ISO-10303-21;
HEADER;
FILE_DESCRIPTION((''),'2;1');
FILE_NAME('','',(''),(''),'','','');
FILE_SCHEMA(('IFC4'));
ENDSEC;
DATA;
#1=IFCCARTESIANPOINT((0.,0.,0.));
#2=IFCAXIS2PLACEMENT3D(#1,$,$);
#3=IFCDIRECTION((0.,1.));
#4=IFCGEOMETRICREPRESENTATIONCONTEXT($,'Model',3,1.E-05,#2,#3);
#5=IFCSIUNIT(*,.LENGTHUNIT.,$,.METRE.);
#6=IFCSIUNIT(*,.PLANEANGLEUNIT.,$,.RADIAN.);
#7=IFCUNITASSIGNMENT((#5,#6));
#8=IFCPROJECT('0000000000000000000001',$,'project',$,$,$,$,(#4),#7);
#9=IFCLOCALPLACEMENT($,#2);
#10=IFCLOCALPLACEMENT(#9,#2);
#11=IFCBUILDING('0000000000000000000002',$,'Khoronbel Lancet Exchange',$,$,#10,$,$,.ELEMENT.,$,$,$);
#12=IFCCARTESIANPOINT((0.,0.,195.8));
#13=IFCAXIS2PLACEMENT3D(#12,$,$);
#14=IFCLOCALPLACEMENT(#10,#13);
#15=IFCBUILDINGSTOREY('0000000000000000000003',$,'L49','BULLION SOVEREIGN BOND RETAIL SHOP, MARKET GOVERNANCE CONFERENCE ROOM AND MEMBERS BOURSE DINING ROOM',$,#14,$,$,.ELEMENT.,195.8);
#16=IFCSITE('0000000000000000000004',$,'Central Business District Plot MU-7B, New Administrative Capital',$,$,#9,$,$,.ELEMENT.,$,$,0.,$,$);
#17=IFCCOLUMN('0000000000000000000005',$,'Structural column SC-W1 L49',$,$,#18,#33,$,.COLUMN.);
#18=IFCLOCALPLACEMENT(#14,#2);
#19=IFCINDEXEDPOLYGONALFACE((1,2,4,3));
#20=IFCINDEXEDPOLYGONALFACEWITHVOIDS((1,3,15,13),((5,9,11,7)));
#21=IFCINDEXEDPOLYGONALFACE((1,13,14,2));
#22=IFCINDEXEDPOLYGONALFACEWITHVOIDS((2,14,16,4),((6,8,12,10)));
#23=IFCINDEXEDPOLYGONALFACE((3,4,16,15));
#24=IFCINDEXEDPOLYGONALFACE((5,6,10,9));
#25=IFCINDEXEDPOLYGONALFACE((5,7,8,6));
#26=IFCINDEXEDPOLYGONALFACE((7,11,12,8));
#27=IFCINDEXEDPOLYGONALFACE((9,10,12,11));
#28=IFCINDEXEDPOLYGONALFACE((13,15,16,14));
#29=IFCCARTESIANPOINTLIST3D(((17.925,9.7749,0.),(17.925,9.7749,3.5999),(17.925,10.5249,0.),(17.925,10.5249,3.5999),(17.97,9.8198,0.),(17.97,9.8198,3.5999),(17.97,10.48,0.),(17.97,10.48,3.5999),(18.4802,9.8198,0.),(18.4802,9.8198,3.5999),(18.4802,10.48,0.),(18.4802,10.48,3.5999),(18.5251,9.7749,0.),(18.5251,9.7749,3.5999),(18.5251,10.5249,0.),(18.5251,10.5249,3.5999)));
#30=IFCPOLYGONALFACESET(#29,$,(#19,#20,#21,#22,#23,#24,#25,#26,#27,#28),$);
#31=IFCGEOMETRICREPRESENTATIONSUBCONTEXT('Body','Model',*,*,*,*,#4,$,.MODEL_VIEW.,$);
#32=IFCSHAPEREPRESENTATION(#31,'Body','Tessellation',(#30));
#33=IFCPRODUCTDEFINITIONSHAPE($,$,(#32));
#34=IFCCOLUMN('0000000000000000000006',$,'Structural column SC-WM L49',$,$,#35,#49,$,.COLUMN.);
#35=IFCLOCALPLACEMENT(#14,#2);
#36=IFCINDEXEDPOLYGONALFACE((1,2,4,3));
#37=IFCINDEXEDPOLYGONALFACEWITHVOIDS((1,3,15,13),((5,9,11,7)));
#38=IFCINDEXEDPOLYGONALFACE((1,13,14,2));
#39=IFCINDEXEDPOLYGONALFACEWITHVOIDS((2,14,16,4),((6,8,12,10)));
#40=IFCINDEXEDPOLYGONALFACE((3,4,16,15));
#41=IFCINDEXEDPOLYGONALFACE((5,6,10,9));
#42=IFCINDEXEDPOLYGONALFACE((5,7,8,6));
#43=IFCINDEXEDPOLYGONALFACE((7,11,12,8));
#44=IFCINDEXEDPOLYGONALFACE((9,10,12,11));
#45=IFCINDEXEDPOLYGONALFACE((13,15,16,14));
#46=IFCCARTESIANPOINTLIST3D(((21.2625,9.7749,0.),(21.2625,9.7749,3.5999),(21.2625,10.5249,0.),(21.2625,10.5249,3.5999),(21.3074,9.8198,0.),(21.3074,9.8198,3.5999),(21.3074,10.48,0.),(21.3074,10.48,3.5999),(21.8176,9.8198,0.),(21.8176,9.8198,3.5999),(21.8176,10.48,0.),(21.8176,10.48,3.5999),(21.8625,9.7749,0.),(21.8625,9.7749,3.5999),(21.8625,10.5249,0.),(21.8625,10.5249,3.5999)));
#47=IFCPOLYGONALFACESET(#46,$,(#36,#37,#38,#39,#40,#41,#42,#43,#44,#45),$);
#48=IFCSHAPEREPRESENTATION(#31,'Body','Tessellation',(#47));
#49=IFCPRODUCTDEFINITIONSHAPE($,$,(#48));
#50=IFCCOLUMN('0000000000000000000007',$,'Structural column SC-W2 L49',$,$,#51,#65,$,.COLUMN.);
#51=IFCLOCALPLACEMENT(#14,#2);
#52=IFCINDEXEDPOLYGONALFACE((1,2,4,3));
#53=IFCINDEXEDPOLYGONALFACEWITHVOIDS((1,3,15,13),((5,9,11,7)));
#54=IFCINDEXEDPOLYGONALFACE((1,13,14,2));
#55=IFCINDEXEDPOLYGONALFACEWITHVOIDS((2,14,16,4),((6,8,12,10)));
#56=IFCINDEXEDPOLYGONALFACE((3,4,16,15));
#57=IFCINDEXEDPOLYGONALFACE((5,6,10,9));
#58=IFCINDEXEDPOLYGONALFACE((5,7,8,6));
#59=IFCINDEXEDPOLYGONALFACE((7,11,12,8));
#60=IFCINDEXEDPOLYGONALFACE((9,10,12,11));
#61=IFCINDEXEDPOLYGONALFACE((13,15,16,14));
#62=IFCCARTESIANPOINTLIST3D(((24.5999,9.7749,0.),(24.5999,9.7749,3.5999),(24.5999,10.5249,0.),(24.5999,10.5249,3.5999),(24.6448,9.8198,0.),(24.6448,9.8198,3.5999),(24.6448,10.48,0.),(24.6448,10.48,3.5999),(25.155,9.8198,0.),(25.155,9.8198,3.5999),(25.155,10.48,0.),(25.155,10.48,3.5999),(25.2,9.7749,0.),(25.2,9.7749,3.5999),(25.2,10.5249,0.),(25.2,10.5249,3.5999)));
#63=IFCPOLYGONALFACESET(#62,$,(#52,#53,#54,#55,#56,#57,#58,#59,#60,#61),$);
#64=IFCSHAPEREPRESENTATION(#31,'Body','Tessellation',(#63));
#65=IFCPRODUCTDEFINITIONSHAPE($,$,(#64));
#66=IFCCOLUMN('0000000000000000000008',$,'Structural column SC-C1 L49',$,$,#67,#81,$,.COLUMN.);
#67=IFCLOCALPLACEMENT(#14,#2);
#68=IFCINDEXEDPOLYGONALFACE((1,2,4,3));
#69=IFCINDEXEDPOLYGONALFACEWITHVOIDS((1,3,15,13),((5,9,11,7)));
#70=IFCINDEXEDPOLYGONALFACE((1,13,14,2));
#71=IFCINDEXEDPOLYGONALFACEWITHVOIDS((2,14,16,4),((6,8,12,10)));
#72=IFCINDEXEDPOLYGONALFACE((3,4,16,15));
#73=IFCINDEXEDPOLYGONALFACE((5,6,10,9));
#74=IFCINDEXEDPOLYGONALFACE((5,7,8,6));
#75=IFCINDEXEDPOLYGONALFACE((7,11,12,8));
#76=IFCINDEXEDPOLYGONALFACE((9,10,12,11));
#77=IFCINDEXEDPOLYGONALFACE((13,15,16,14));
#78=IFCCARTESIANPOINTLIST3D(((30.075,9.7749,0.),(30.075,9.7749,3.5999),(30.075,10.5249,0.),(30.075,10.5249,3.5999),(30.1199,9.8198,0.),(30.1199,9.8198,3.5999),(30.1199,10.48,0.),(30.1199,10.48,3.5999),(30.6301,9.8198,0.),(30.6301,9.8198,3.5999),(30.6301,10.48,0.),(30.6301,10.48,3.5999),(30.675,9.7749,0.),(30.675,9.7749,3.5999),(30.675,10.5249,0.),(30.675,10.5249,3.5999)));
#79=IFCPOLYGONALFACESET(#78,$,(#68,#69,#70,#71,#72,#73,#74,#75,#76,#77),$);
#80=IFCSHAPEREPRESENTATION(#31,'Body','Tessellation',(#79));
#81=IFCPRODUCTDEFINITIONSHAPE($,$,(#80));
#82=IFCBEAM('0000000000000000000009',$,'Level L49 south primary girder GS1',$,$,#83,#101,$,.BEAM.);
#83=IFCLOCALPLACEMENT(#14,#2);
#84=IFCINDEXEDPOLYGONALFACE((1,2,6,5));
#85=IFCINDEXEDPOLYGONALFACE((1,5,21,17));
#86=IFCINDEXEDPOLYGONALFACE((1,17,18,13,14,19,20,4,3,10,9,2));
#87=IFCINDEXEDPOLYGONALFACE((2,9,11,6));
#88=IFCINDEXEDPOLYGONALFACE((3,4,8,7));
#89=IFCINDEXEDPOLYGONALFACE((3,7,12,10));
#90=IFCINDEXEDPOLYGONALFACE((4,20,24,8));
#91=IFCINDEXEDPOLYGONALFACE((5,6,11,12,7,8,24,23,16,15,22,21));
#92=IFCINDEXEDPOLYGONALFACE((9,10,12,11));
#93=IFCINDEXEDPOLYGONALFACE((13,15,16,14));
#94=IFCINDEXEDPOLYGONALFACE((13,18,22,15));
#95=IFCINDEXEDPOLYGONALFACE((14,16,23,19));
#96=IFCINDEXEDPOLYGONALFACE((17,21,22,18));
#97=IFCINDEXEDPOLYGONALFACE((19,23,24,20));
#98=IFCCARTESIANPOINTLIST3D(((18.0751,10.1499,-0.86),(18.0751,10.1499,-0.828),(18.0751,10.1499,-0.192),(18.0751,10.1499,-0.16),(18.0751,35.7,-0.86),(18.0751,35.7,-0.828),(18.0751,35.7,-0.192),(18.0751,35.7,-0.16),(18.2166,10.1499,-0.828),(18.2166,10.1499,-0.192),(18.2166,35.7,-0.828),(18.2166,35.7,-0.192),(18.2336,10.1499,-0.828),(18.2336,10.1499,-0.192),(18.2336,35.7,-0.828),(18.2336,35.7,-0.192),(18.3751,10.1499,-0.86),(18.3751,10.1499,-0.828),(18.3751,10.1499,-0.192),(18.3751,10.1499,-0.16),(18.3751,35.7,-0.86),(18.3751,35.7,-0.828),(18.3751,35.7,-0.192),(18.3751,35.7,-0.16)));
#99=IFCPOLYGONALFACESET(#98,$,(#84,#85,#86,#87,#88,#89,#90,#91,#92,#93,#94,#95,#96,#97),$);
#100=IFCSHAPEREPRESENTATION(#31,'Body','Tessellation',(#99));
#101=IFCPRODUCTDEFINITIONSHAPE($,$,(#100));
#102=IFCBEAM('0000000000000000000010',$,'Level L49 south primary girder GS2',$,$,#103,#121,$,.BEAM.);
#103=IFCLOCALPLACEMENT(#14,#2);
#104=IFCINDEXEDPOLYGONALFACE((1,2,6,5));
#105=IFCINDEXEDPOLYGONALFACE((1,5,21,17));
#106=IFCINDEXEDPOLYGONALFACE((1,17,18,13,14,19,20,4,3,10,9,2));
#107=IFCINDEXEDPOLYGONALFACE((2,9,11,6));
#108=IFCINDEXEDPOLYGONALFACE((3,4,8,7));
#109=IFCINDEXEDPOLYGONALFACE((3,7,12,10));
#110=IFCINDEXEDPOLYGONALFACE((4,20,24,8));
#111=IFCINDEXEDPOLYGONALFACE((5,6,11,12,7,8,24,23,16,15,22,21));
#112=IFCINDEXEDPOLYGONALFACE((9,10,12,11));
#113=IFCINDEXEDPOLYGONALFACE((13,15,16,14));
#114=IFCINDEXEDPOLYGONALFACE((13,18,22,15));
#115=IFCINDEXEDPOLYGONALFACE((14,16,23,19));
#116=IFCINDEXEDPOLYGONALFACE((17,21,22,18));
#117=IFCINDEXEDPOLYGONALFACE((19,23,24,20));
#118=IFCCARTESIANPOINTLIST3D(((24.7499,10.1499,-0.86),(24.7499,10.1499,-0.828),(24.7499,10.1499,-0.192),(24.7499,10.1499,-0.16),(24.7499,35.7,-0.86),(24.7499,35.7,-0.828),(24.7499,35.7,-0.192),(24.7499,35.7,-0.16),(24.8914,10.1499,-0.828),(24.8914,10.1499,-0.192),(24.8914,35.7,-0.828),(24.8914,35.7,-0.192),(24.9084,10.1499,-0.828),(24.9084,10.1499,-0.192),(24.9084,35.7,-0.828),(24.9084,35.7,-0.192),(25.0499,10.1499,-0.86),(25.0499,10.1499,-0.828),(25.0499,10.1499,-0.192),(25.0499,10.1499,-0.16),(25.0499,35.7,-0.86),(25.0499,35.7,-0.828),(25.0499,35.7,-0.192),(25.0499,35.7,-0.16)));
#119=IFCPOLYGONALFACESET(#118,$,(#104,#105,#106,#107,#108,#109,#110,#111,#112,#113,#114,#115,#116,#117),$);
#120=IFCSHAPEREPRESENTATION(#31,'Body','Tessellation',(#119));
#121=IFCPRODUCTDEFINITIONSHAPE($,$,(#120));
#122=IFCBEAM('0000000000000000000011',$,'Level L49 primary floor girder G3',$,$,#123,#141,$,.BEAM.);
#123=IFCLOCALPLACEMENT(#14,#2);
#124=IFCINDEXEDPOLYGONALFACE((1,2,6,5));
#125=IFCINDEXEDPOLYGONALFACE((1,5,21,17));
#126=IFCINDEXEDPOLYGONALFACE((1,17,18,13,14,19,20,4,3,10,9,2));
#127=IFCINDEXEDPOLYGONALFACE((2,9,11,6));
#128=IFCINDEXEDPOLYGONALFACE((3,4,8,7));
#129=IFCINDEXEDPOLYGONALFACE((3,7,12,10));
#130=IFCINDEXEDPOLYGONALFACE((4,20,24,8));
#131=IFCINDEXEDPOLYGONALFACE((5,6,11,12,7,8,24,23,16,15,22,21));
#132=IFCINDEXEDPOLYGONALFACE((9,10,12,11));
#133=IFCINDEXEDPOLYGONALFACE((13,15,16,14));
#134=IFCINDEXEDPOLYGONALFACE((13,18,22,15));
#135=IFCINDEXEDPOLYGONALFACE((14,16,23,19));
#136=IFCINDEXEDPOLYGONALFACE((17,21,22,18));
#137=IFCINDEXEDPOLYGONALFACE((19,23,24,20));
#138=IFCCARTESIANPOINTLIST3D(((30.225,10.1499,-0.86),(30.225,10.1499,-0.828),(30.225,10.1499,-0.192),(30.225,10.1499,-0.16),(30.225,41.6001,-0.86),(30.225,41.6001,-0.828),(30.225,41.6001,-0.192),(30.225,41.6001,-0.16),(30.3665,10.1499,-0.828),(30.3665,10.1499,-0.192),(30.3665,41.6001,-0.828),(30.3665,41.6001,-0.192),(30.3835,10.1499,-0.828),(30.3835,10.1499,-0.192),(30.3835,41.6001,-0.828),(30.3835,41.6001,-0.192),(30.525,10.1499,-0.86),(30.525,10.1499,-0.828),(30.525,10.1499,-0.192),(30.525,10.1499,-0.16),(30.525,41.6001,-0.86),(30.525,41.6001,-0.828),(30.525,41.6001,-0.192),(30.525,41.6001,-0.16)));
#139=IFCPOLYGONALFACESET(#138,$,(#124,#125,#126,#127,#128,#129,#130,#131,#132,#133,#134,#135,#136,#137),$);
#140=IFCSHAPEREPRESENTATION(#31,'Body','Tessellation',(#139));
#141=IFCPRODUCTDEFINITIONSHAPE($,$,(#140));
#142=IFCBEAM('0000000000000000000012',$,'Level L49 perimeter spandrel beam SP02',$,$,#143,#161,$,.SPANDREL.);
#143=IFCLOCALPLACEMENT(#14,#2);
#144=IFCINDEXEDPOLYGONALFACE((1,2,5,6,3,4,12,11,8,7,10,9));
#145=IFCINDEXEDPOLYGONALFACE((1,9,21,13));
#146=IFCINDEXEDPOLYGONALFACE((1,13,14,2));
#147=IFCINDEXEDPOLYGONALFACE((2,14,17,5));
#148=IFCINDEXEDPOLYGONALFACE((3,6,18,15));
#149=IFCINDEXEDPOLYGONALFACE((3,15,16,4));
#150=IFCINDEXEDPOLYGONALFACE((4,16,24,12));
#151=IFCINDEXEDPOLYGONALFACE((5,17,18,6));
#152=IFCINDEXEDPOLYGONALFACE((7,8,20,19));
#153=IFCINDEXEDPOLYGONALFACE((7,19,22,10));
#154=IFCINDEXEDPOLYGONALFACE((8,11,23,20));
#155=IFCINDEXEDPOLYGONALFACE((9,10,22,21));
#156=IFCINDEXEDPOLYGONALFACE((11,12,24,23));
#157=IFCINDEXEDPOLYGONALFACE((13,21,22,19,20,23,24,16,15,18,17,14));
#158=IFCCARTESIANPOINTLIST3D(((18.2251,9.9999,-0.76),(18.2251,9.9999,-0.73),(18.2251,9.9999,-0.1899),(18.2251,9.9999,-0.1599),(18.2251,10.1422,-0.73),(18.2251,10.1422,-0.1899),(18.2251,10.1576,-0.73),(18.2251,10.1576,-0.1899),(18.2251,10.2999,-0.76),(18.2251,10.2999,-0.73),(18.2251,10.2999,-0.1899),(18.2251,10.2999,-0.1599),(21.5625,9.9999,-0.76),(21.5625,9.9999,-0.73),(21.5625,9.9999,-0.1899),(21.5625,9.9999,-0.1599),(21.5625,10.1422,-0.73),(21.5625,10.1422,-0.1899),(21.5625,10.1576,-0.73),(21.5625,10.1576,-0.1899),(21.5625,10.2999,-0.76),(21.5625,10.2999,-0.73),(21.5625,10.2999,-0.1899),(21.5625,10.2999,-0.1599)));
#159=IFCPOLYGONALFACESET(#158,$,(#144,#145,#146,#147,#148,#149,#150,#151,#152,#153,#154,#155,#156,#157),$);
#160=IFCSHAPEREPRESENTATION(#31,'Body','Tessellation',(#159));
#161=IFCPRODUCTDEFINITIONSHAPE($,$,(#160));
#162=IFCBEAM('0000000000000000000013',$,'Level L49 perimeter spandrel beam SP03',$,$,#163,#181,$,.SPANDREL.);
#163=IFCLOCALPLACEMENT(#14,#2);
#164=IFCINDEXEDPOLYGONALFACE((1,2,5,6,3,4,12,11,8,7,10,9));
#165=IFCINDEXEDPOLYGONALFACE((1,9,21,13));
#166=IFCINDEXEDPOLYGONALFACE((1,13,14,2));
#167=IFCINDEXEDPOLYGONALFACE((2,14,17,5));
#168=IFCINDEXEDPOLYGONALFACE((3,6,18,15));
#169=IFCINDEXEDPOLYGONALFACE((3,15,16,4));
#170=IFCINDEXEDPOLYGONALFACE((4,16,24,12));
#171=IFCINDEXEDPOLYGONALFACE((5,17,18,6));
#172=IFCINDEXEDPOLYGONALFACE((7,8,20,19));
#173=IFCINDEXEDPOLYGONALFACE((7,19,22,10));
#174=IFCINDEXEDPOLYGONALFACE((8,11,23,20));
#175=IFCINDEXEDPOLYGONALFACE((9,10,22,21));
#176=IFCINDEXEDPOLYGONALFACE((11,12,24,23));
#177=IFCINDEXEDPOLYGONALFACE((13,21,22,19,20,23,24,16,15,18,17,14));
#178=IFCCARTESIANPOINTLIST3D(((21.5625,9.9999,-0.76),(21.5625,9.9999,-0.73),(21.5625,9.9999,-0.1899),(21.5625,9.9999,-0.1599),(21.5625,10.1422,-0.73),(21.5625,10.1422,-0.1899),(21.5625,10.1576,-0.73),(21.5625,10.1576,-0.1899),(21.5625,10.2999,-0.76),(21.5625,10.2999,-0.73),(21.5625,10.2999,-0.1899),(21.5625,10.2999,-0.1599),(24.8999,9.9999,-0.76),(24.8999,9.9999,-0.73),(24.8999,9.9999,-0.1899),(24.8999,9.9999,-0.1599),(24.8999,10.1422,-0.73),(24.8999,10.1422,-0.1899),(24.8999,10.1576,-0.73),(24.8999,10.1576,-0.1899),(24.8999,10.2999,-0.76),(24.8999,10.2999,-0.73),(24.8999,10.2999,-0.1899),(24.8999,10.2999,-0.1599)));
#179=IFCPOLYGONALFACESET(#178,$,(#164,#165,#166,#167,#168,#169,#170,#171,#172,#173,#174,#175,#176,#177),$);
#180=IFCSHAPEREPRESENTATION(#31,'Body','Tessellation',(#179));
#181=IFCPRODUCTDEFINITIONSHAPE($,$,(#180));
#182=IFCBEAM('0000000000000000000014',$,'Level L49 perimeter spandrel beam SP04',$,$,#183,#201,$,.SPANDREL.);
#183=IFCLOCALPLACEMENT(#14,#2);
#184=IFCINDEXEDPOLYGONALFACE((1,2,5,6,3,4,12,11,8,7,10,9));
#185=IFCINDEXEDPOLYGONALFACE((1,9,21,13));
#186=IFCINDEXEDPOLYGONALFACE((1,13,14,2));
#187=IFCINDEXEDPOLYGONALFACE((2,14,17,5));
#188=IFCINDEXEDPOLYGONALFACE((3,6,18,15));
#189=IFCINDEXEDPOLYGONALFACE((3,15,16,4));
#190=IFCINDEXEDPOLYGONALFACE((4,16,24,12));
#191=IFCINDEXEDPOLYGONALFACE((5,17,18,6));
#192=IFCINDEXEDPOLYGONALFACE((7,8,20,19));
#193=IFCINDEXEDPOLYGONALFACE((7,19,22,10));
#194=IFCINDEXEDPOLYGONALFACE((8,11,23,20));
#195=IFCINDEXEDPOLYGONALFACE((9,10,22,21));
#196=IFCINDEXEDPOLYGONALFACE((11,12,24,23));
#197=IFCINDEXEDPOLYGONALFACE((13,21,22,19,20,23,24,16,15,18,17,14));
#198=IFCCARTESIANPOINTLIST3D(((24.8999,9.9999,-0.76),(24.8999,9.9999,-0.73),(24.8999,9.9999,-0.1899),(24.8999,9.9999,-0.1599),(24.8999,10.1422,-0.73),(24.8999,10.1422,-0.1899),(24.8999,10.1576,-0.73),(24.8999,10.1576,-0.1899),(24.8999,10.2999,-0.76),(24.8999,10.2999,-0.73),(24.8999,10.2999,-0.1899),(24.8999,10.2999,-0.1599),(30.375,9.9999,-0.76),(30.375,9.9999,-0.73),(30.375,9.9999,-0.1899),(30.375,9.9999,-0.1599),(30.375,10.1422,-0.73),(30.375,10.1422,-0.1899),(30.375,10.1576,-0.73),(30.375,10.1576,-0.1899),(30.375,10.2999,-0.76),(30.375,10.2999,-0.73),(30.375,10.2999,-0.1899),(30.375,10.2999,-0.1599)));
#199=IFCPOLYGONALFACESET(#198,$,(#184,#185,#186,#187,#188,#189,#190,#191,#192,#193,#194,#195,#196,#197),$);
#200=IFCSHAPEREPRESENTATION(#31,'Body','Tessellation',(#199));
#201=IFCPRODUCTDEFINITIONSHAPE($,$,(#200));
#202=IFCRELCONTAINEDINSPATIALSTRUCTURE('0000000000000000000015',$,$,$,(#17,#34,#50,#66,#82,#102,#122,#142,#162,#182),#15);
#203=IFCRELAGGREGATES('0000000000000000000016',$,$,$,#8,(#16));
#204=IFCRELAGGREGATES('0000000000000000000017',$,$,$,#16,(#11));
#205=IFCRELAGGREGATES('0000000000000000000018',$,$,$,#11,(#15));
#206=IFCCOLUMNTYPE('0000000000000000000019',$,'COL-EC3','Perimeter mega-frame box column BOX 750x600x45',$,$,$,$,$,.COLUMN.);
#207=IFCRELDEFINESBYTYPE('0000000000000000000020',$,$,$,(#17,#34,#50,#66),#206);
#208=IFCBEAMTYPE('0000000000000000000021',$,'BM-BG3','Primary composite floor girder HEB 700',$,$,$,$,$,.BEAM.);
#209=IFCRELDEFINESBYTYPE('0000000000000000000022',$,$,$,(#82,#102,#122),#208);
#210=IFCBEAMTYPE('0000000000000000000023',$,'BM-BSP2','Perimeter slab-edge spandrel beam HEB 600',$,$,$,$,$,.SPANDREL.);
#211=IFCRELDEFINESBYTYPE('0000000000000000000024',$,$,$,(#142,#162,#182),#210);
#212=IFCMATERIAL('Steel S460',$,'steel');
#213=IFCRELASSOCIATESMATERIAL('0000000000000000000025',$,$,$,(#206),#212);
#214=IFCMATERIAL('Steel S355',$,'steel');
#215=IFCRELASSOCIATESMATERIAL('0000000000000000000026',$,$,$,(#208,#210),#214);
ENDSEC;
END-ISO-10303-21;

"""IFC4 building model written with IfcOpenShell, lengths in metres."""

from ifc_helpers import new_model, si_unit, direction, frame, origin, origin_2d, place, context, subcontext, project, spatial, hollow_rectangle, i_section, extrude, material, material_profile, profile_set, type_object, element, save


model = new_model("IFC4")

# Units and contexts
model_context = context("Model", 3, precision=1e-05, world=origin(), true_north=direction((0.0, 1.0)))
body_context = subcontext(model_context, "Body", "Model", "MODEL_VIEW")
ifc_project = project(units=[si_unit("LENGTHUNIT", "METRE"), si_unit("PLANEANGLEUNIT", "RADIAN")], contexts=[model_context])

# Site, building, storey
site_placement = place(None, origin())
site = spatial("IfcSite", under=ifc_project, at=site_placement, Name="Central Business District Plot MU-7B, New Administrative Capital", CompositionType="ELEMENT", RefElevation=0.0)
building_placement = place(site_placement, origin())
building = spatial("IfcBuilding", under=site, at=building_placement, Name="Khoronbel Lancet Exchange", CompositionType="ELEMENT")
storey_placement = place(building_placement, frame((0.0, 0.0, 195.8)))
storey = spatial("IfcBuildingStorey", under=building, at=storey_placement, Name="L49", Description="BULLION SOVEREIGN BOND RETAIL SHOP, MARKET GOVERNANCE CONFERENCE ROOM AND MEMBERS BOURSE DINING ROOM", CompositionType="ELEMENT", Elevation=195.8)

# Columns
ifc_material_1 = material(Name="Steel S460", Category="steel")
ifc_material_profile_1 = material_profile(ifc_material_1, hollow_rectangle(XDim=0.6001, YDim=0.75, WallThickness=0.0449, at=origin_2d()), Name="BOX 750x600x45")
ifc_profile_set_1 = profile_set([ifc_material_profile_1], Name="Steel S460")
column_type = type_object("IfcColumnType", Name="COL-EC3", Description="Perimeter mega-frame box column BOX 750x600x45", PredefinedType="COLUMN", material=ifc_profile_set_1)
for number, where, z_axis, x_axis, name in (
    (1, (18.2251, 10.1499, 0.0), (0.0, 0.0, 1.0), (1.0, 0.0, 0.0), "Structural column SC-W1 L49"),
    (2, (21.5625, 10.1499, 0.0), (0.0, 0.0, 1.0), (1.0, 0.0, 0.0), "Structural column SC-WM L49"),
    (3, (24.8999, 10.1499, 0.0), (0.0, 0.0, 1.0), (1.0, 0.0, 0.0), "Structural column SC-W2 L49"),
    (4, (30.375, 10.1499, 0.0), (0.0, 0.0, 1.0), (1.0, 0.0, 0.0), "Structural column SC-C1 L49"),
):
    element("IfcColumn", number, at=place(storey_placement, frame(where, z_axis=z_axis, x_axis=x_axis)), inside=storey, type_object=column_type, Name=name, PredefinedType="COLUMN", context=body_context, shape_type="SweptSolid", body=[
        extrude(hollow_rectangle(XDim=0.6001, YDim=0.75, WallThickness=0.0449, at=origin_2d()), origin(), (0.0, 0.0, 1.0), 3.5999),
    ])

# Beams
ifc_material_2 = material(Name="Steel S355", Category="steel")
ifc_material_profile_2 = material_profile(ifc_material_2, i_section(OverallWidth=0.3, OverallDepth=0.7, WebThickness=0.0171, FlangeThickness=0.032, at=origin_2d()), Name="HEB 700")
ifc_profile_set_2 = profile_set([ifc_material_profile_2], Name="Steel S355")
beam_type_1 = type_object("IfcBeamType", Name="BM-BG3", Description="Primary composite floor girder HEB 700", PredefinedType="BEAM", material=ifc_profile_set_2)
for number, where, z_axis, x_axis, name in (
    (5, (18.2251, 10.1499, -0.51), (0.0, 1.0, 0.0), (-1.0, 0.0, 0.0), "Level L49 south primary girder GS1"),
    (6, (24.8999, 10.1499, -0.51), (0.0, 1.0, 0.0), (-1.0, 0.0, 0.0), "Level L49 south primary girder GS2"),
):
    element("IfcBeam", number, at=place(storey_placement, frame(where, z_axis=z_axis, x_axis=x_axis)), inside=storey, type_object=beam_type_1, Name=name, PredefinedType="BEAM", context=body_context, shape_type="SweptSolid", body=[
        extrude(i_section(OverallWidth=0.3, OverallDepth=0.7, WebThickness=0.0171, FlangeThickness=0.032, at=origin_2d()), origin(), (0.0, 0.0, 1.0), 25.55),
    ])
beam_1_placement = place(storey_placement, frame((30.375, 10.1499, -0.51), z_axis=(0.0, 1.0, 0.0), x_axis=(-1.0, 0.0, 0.0)))
element("IfcBeam", 7, at=beam_1_placement, inside=storey, type_object=beam_type_1, Name="Level L49 primary floor girder G3", PredefinedType="BEAM", context=body_context, shape_type="SweptSolid", body=[
    extrude(i_section(OverallWidth=0.3, OverallDepth=0.7, WebThickness=0.0171, FlangeThickness=0.032, at=origin_2d()), origin(), (0.0, 0.0, 1.0), 31.4502),
])
ifc_material_profile_3 = material_profile(ifc_material_2, i_section(OverallWidth=0.3, OverallDepth=0.6001, WebThickness=0.0154, FlangeThickness=0.03, at=origin_2d()), Name="HEB 600")
ifc_profile_set_3 = profile_set([ifc_material_profile_3], Name="Steel S355")
beam_type_2 = type_object("IfcBeamType", Name="BM-BSP2", Description="Perimeter slab-edge spandrel beam HEB 600", PredefinedType="SPANDREL", material=ifc_profile_set_3)
for number, where, z_axis, x_axis, name in (
    (8, (18.2251, 10.1499, -0.46), (1.0, 0.0, 0.0), (0.0, 1.0, 0.0), "Level L49 perimeter spandrel beam SP02"),
    (9, (21.5625, 10.1499, -0.46), (1.0, 0.0, 0.0), (0.0, 1.0, 0.0), "Level L49 perimeter spandrel beam SP03"),
):
    element("IfcBeam", number, at=place(storey_placement, frame(where, z_axis=z_axis, x_axis=x_axis)), inside=storey, type_object=beam_type_2, Name=name, PredefinedType="SPANDREL", context=body_context, shape_type="SweptSolid", body=[
        extrude(i_section(OverallWidth=0.3, OverallDepth=0.6001, WebThickness=0.0154, FlangeThickness=0.03, at=origin_2d()), origin(), (0.0, 0.0, 1.0), 3.3374),
    ])
beam_2_placement = place(storey_placement, frame((24.8999, 10.1499, -0.46), z_axis=(1.0, 0.0, 0.0), x_axis=(0.0, 1.0, 0.0)))
element("IfcBeam", 10, at=beam_2_placement, inside=storey, type_object=beam_type_2, Name="Level L49 perimeter spandrel beam SP04", PredefinedType="SPANDREL", context=body_context, shape_type="SweptSolid", body=[
    extrude(i_section(OverallWidth=0.3, OverallDepth=0.6001, WebThickness=0.0154, FlangeThickness=0.03, at=origin_2d()), origin(), (0.0, 0.0, 1.0), 5.4751),
])

save(model, "model.ifc")
